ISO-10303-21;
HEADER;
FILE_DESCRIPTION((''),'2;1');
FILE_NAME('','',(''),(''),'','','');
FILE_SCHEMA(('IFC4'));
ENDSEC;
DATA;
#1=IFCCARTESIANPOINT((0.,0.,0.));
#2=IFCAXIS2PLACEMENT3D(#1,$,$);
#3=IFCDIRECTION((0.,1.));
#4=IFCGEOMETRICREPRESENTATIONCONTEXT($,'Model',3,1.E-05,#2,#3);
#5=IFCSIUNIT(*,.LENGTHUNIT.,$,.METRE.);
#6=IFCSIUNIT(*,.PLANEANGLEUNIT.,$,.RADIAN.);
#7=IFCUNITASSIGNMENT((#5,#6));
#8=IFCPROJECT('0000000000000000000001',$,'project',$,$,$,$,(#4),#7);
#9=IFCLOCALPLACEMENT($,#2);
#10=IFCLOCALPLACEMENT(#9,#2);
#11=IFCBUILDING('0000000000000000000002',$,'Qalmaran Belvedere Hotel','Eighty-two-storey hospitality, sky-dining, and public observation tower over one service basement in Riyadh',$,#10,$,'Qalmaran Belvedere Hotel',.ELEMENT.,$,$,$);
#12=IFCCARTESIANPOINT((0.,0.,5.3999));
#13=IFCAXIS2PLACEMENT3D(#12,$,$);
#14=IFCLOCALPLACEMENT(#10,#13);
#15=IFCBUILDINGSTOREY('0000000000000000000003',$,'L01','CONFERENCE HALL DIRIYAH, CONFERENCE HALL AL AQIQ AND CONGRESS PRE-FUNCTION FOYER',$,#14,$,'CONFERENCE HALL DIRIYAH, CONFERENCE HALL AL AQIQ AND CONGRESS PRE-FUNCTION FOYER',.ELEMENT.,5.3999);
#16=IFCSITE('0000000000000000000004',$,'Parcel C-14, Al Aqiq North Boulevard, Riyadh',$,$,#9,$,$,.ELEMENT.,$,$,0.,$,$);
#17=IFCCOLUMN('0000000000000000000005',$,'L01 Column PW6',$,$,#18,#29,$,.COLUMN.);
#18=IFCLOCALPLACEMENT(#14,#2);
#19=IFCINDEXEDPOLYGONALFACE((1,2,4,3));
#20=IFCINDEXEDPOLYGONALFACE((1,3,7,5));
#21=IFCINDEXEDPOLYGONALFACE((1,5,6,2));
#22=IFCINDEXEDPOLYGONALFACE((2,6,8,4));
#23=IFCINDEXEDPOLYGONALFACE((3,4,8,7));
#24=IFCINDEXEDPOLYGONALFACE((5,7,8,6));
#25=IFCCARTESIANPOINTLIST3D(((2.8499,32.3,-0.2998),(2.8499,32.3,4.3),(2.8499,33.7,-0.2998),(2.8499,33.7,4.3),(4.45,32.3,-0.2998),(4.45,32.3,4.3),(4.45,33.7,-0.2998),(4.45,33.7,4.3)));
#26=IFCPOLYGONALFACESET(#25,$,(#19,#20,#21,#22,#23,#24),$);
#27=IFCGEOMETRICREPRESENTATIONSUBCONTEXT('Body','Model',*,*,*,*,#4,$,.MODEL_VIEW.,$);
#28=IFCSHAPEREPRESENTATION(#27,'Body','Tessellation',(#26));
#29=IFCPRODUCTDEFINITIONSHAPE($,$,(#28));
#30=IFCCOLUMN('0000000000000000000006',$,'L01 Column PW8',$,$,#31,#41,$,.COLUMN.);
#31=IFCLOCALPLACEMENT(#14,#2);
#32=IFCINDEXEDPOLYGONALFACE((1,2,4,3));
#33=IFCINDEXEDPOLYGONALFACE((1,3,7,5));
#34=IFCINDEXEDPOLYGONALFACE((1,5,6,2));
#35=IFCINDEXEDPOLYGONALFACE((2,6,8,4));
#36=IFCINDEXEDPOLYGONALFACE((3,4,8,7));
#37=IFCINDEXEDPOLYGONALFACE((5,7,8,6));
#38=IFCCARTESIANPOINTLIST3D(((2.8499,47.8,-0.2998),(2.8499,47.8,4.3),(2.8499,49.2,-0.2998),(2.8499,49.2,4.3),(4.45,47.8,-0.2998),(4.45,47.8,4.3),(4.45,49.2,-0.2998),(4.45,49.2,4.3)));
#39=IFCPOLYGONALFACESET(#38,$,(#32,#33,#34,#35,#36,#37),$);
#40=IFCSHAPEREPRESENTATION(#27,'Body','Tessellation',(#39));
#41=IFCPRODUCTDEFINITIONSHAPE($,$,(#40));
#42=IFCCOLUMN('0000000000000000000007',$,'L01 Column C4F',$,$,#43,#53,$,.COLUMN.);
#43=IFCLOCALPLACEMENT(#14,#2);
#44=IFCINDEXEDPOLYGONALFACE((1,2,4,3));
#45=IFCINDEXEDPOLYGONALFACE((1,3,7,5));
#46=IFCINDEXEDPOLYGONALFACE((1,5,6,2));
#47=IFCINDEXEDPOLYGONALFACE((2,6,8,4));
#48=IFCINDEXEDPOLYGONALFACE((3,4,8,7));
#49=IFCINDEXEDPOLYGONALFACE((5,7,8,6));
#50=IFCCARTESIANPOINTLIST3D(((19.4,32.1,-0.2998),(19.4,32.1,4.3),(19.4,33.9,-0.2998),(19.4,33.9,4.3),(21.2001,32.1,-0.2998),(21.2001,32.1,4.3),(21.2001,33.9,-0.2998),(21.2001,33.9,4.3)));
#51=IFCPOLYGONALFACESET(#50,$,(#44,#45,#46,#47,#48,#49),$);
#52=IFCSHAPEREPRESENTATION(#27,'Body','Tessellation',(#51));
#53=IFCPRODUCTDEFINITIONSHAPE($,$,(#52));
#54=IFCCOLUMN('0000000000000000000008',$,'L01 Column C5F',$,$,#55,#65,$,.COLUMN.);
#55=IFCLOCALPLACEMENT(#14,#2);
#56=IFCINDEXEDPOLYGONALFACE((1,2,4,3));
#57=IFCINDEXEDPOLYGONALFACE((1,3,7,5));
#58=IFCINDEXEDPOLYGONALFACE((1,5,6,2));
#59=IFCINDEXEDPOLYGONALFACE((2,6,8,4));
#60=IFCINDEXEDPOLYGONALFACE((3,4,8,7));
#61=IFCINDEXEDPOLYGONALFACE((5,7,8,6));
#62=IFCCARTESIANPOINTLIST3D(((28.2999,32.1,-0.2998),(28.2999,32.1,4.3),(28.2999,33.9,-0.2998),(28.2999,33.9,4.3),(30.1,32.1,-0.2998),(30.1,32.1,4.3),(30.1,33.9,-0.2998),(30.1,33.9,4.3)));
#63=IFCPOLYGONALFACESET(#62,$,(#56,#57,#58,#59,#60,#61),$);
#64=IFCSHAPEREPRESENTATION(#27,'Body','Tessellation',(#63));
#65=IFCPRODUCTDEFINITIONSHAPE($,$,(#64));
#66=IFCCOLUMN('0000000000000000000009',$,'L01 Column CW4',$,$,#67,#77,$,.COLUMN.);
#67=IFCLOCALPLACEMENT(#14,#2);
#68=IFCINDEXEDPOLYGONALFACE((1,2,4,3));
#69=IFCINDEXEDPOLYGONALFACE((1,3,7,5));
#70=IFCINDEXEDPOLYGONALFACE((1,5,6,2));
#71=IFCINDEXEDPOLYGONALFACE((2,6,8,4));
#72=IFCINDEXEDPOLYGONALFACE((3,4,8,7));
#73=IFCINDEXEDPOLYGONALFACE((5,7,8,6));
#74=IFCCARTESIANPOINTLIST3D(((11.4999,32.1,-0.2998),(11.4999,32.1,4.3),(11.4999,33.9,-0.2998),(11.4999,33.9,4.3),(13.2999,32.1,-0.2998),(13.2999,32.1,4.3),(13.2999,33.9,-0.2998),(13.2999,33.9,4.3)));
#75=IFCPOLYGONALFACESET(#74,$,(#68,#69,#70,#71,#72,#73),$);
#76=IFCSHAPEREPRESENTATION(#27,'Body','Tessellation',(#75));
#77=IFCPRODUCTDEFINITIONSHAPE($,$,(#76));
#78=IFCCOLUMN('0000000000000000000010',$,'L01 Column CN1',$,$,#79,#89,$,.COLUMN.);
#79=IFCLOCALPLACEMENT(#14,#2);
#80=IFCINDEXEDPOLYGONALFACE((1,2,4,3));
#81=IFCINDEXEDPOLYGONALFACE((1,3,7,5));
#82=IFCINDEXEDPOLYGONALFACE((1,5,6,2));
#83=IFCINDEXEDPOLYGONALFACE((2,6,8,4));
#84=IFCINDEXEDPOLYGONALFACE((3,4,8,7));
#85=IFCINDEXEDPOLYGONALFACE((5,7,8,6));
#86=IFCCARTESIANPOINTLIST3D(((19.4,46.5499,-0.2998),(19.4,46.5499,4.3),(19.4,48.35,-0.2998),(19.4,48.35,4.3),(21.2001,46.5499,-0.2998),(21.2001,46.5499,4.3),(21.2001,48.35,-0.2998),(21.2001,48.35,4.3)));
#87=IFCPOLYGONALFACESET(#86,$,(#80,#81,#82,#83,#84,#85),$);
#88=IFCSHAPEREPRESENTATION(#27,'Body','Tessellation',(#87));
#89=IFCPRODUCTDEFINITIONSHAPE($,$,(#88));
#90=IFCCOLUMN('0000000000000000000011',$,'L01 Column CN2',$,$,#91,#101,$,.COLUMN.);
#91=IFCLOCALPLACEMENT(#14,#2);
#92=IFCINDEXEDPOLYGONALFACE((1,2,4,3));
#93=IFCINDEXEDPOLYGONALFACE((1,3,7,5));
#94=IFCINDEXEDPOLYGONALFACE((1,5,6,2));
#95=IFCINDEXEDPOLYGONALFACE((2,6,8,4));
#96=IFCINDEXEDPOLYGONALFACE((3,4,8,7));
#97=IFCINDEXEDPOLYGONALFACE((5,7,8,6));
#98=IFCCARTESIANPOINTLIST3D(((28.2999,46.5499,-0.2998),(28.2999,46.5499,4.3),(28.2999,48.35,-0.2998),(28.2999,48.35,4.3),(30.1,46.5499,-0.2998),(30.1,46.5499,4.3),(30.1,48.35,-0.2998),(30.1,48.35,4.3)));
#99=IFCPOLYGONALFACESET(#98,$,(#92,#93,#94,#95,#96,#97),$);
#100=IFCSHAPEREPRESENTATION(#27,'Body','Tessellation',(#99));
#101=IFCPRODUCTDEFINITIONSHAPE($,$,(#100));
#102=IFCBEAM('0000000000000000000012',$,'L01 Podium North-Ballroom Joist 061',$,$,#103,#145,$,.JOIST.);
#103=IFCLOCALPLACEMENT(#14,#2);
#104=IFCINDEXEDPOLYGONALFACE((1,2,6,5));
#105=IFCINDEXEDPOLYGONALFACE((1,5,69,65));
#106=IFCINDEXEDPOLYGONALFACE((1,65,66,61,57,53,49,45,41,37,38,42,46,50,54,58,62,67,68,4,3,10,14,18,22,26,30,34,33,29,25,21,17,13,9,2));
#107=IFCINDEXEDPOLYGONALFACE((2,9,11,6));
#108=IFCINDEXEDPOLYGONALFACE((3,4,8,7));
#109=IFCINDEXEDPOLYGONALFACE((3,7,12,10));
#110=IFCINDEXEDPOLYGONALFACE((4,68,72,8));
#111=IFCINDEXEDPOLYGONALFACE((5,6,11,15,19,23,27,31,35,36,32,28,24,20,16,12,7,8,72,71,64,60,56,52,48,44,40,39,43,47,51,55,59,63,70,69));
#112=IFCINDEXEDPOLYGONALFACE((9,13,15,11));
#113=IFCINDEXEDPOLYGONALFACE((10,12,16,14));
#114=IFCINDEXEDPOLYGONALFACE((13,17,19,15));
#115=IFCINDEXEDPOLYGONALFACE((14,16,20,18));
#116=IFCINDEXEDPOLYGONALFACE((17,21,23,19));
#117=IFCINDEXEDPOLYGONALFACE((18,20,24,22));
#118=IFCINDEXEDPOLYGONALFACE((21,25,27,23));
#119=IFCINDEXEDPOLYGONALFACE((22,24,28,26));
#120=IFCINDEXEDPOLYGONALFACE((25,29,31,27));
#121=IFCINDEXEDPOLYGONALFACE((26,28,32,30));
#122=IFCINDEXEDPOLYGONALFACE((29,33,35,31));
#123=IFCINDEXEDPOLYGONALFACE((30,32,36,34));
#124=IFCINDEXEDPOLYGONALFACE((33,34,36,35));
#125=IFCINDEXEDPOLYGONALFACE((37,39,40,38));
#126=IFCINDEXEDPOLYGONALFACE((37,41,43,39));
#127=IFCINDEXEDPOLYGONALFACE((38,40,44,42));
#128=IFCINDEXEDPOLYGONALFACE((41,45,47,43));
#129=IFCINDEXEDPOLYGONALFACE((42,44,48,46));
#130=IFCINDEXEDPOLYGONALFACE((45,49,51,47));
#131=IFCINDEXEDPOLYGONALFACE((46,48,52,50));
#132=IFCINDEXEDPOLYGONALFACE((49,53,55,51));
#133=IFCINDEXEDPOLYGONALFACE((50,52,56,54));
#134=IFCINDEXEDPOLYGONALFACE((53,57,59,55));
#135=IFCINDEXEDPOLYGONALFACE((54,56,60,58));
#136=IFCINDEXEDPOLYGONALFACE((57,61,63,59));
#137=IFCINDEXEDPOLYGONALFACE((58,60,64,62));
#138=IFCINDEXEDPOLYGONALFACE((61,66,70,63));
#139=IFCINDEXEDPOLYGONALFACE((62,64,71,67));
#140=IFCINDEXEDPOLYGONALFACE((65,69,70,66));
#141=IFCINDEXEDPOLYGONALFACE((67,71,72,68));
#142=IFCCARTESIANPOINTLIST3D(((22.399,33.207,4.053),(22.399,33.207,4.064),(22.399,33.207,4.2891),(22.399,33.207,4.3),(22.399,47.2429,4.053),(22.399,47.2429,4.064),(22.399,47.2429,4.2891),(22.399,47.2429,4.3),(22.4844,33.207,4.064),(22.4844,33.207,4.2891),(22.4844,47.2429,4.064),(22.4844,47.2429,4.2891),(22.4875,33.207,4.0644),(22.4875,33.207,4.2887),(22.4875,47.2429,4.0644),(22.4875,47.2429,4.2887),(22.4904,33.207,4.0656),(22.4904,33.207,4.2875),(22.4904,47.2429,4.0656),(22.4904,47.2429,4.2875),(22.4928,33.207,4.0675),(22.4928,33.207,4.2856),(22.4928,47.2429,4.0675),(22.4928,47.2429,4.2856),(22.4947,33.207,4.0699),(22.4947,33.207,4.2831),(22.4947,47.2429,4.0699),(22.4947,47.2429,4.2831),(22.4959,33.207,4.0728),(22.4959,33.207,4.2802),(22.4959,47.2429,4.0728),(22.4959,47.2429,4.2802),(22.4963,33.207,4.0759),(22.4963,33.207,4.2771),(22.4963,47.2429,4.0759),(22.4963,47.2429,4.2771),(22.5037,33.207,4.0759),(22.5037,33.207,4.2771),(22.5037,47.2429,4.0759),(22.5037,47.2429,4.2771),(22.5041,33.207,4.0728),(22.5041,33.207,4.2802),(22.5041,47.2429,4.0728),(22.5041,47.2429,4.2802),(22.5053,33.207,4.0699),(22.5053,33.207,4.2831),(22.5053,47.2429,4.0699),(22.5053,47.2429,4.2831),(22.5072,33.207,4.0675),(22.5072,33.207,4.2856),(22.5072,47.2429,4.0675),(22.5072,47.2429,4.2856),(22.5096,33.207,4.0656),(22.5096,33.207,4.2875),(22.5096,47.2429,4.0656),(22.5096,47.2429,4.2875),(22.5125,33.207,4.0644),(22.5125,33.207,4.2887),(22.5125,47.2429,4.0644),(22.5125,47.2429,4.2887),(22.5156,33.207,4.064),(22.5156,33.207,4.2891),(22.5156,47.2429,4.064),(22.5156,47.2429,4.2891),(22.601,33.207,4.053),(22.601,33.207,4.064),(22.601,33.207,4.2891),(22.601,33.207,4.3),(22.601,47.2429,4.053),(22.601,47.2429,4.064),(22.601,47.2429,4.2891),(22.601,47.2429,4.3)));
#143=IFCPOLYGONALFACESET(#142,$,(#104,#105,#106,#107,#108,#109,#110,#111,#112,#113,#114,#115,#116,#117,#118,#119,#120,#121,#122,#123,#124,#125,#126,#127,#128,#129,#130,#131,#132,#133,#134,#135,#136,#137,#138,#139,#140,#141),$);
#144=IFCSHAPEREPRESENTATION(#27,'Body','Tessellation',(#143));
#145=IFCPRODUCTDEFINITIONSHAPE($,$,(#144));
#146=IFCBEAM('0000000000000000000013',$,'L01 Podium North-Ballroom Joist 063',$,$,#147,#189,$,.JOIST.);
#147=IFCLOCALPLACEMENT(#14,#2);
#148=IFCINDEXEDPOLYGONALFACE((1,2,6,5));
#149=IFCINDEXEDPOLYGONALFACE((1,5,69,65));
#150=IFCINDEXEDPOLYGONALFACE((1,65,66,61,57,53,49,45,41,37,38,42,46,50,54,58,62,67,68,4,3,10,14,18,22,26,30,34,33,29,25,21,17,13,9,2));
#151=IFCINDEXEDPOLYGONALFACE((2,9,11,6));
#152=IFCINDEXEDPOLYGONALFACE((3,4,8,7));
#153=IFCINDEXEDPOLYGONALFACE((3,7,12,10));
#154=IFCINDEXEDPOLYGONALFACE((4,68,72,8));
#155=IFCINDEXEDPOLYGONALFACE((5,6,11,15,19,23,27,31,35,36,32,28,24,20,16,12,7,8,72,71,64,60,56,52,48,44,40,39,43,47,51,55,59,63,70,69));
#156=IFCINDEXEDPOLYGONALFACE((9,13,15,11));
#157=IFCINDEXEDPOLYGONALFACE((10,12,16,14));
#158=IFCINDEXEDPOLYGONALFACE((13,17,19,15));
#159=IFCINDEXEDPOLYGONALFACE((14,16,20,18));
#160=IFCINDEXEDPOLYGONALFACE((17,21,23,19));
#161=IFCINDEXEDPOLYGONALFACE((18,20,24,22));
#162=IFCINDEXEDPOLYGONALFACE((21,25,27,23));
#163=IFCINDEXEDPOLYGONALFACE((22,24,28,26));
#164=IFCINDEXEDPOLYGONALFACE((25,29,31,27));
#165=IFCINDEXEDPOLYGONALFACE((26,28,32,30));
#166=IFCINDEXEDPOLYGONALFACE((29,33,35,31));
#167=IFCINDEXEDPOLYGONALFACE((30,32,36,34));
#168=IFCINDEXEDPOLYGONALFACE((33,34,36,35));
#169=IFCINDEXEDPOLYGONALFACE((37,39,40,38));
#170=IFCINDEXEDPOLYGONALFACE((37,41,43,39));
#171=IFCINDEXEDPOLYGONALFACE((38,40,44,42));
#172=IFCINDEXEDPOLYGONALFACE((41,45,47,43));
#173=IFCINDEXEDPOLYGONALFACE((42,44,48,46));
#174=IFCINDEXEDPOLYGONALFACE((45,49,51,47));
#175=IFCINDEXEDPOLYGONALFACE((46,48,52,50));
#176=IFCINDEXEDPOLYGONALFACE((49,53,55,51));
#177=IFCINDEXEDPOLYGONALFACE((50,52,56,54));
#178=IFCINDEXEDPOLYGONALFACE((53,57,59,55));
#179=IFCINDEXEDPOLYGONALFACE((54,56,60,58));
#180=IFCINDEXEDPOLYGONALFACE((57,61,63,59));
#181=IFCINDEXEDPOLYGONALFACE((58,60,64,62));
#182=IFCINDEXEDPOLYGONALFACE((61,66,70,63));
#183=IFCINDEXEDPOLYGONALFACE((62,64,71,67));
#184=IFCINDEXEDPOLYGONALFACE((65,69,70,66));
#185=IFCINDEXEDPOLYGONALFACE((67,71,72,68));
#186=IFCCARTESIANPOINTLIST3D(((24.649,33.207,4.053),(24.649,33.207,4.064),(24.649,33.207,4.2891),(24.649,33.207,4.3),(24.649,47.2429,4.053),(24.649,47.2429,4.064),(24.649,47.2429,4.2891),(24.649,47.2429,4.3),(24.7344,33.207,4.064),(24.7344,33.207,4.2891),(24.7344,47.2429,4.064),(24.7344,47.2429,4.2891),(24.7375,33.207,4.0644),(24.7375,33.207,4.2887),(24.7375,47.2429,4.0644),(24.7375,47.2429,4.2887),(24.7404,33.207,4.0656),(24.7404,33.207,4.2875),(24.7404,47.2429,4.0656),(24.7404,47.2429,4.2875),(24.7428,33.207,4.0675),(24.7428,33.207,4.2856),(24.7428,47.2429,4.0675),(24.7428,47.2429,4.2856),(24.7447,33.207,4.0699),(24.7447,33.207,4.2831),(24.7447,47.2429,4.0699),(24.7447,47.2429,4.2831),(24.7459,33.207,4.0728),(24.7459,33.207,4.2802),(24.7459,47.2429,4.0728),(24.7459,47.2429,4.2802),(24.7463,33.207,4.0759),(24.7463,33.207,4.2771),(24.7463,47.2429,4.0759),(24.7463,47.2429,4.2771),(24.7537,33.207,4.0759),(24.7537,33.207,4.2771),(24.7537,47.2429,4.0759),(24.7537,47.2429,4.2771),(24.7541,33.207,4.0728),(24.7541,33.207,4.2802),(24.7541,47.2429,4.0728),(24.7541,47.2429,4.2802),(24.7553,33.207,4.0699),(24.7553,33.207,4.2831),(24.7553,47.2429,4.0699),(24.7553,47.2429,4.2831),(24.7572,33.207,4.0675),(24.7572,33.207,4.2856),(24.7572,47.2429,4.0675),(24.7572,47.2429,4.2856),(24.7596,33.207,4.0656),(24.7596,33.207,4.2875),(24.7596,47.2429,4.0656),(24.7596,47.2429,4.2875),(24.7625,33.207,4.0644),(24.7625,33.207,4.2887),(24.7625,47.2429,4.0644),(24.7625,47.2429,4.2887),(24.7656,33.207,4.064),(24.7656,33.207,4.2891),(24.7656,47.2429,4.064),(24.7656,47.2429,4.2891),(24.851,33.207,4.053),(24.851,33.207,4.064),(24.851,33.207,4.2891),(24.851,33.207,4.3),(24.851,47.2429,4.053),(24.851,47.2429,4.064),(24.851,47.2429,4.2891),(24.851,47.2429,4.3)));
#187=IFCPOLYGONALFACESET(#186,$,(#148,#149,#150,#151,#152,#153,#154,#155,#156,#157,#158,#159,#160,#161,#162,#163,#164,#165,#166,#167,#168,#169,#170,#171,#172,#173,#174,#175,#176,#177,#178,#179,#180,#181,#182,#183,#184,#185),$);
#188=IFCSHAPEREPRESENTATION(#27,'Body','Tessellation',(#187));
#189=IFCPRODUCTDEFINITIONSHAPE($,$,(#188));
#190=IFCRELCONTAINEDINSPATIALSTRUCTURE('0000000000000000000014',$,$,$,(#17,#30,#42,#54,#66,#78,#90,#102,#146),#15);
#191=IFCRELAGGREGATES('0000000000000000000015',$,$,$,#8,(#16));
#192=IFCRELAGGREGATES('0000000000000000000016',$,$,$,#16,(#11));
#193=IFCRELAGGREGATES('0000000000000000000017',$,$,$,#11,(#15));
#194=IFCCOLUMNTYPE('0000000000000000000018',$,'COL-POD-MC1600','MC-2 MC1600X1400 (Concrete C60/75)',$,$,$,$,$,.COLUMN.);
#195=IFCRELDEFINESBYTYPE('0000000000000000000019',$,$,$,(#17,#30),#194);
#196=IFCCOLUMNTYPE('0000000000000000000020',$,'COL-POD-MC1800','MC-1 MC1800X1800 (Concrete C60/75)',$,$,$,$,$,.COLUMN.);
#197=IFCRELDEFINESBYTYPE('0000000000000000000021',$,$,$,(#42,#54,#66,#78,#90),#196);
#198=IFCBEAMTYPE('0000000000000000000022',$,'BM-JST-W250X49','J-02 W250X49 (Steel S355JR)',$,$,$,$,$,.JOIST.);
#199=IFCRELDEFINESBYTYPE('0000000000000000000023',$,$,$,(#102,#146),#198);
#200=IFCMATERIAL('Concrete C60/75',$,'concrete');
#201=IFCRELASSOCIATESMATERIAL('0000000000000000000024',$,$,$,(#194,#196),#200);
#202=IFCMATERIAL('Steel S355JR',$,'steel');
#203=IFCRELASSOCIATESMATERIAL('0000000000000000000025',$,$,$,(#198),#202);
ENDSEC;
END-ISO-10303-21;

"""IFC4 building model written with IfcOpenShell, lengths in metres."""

from ifc_helpers import new_model, si_unit, direction, frame, origin, origin_2d, place, context, subcontext, project, spatial, rectangle, i_section, extrude, material, material_profile, profile_set, type_object, element, save


model = new_model("IFC4")

# Units and contexts
model_context = context("Model", 3, precision=1e-05, world=origin(), true_north=direction((0.0, 1.0)))
body_context = subcontext(model_context, "Body", "Model", "MODEL_VIEW")
ifc_project = project(units=[si_unit("LENGTHUNIT", "METRE"), si_unit("PLANEANGLEUNIT", "RADIAN")], contexts=[model_context])

# Site, building, storey
site_placement = place(None, origin())
site = spatial("IfcSite", under=ifc_project, at=site_placement, Name="Parcel C-14, Al Aqiq North Boulevard, Riyadh", CompositionType="ELEMENT", RefElevation=0.0)
building_placement = place(site_placement, origin())
building = spatial("IfcBuilding", under=site, at=building_placement, Name="Qalmaran Belvedere Hotel", Description="Eighty-two-storey hospitality, sky-dining, and public observation tower over one service basement in Riyadh", LongName="Qalmaran Belvedere Hotel", CompositionType="ELEMENT")
storey_placement = place(building_placement, frame((0.0, 0.0, 5.3999)))
storey = spatial("IfcBuildingStorey", under=building, at=storey_placement, Name="L01", Description="CONFERENCE HALL DIRIYAH, CONFERENCE HALL AL AQIQ AND CONGRESS PRE-FUNCTION FOYER", LongName="CONFERENCE HALL DIRIYAH, CONFERENCE HALL AL AQIQ AND CONGRESS PRE-FUNCTION FOYER", CompositionType="ELEMENT", Elevation=5.3999)

# Columns
ifc_material_1 = material(Name="Concrete C60/75", Category="concrete")
ifc_material_profile_1 = material_profile(ifc_material_1, rectangle(XDim=1.6001, YDim=1.3999, at=origin_2d()), Name="MC1600X1400")
ifc_profile_set_1 = profile_set([ifc_material_profile_1], Name="Concrete C60/75")
column_type_1 = type_object("IfcColumnType", Name="COL-POD-MC1600", Description="MC-2 MC1600X1400 (Concrete C60/75)", PredefinedType="COLUMN", material=ifc_profile_set_1)
for number, where, z_axis, x_axis, name in (
    (1, (3.6499, 33.0, -0.2998), (0.0, 0.0, 1.0), (1.0, 0.0, 0.0), "L01 Column PW6"),
    (2, (3.6499, 48.5, -0.2998), (0.0, 0.0, 1.0), (1.0, 0.0, 0.0), "L01 Column PW8"),
):
    element("IfcColumn", number, at=place(storey_placement, frame(where, z_axis=z_axis, x_axis=x_axis)), inside=storey, type_object=column_type_1, Name=name, PredefinedType="COLUMN", context=body_context, shape_type="SweptSolid", body=[
        extrude(rectangle(XDim=1.6001, YDim=1.3999, at=origin_2d()), origin(), (0.0, 0.0, 1.0), 4.5999),
    ])
ifc_material_profile_2 = material_profile(ifc_material_1, rectangle(XDim=1.8, YDim=1.8, at=origin_2d()), Name="MC1800X1800")
ifc_profile_set_2 = profile_set([ifc_material_profile_2], Name="Concrete C60/75")
column_type_2 = type_object("IfcColumnType", Name="COL-POD-MC1800", Description="MC-1 MC1800X1800 (Concrete C60/75)", PredefinedType="COLUMN", material=ifc_profile_set_2)
for number, where, z_axis, x_axis, name in (
    (3, (20.3, 33.0, -0.2998), (0.0, 0.0, 1.0), (1.0, 0.0, 0.0), "L01 Column C4F"),
    (4, (29.2, 33.0, -0.2998), (0.0, 0.0, 1.0), (1.0, 0.0, 0.0), "L01 Column C5F"),
    (5, (12.3999, 33.0, -0.2998), (0.0, 0.0, 1.0), (1.0, 0.0, 0.0), "L01 Column CW4"),
    (6, (20.3, 47.45, -0.2998), (0.0, 0.0, 1.0), (1.0, 0.0, 0.0), "L01 Column CN1"),
    (7, (29.2, 47.45, -0.2998), (0.0, 0.0, 1.0), (1.0, 0.0, 0.0), "L01 Column CN2"),
):
    element("IfcColumn", number, at=place(storey_placement, frame(where, z_axis=z_axis, x_axis=x_axis)), inside=storey, type_object=column_type_2, Name=name, PredefinedType="COLUMN", context=body_context, shape_type="SweptSolid", body=[
        extrude(rectangle(XDim=1.8, YDim=1.8, at=origin_2d()), origin(), (0.0, 0.0, 1.0), 4.5999),
    ])

# Beams
ifc_material_2 = material(Name="Steel S355JR", Category="steel")
ifc_material_profile_3 = material_profile(ifc_material_2, i_section(OverallWidth=0.2019, OverallDepth=0.2471, WebThickness=0.0073, FlangeThickness=0.011, FilletRadius=0.012, at=origin_2d()), Name="W250X49")
ifc_profile_set_3 = profile_set([ifc_material_profile_3], Name="Steel S355JR")
beam_type_1 = type_object("IfcBeamType", Name="BM-JST-W250X49", Description="J-02 W250X49 (Steel S355JR)", PredefinedType="JOIST", material=ifc_profile_set_3)
for number, where, z_axis, x_axis, name in (
    (8, (22.5, 33.207, 4.1765), (0.0, 1.0, 0.0), (-1.0, 0.0, 0.0), "L01 Podium North-Ballroom Joist 061"),
    (9, (24.75, 33.207, 4.1765), (0.0, 1.0, 0.0), (-1.0, 0.0, 0.0), "L01 Podium North-Ballroom Joist 063"),
):
    element("IfcBeam", number, at=place(storey_placement, frame(where, z_axis=z_axis, x_axis=x_axis)), inside=storey, type_object=beam_type_1, Name=name, PredefinedType="JOIST", context=body_context, shape_type="SweptSolid", body=[
        extrude(i_section(OverallWidth=0.2019, OverallDepth=0.2471, WebThickness=0.0073, FlangeThickness=0.011, FilletRadius=0.012, at=origin_2d()), origin(), (0.0, 0.0, 1.0), 14.0359),
    ])

save(model, "model.ifc")
